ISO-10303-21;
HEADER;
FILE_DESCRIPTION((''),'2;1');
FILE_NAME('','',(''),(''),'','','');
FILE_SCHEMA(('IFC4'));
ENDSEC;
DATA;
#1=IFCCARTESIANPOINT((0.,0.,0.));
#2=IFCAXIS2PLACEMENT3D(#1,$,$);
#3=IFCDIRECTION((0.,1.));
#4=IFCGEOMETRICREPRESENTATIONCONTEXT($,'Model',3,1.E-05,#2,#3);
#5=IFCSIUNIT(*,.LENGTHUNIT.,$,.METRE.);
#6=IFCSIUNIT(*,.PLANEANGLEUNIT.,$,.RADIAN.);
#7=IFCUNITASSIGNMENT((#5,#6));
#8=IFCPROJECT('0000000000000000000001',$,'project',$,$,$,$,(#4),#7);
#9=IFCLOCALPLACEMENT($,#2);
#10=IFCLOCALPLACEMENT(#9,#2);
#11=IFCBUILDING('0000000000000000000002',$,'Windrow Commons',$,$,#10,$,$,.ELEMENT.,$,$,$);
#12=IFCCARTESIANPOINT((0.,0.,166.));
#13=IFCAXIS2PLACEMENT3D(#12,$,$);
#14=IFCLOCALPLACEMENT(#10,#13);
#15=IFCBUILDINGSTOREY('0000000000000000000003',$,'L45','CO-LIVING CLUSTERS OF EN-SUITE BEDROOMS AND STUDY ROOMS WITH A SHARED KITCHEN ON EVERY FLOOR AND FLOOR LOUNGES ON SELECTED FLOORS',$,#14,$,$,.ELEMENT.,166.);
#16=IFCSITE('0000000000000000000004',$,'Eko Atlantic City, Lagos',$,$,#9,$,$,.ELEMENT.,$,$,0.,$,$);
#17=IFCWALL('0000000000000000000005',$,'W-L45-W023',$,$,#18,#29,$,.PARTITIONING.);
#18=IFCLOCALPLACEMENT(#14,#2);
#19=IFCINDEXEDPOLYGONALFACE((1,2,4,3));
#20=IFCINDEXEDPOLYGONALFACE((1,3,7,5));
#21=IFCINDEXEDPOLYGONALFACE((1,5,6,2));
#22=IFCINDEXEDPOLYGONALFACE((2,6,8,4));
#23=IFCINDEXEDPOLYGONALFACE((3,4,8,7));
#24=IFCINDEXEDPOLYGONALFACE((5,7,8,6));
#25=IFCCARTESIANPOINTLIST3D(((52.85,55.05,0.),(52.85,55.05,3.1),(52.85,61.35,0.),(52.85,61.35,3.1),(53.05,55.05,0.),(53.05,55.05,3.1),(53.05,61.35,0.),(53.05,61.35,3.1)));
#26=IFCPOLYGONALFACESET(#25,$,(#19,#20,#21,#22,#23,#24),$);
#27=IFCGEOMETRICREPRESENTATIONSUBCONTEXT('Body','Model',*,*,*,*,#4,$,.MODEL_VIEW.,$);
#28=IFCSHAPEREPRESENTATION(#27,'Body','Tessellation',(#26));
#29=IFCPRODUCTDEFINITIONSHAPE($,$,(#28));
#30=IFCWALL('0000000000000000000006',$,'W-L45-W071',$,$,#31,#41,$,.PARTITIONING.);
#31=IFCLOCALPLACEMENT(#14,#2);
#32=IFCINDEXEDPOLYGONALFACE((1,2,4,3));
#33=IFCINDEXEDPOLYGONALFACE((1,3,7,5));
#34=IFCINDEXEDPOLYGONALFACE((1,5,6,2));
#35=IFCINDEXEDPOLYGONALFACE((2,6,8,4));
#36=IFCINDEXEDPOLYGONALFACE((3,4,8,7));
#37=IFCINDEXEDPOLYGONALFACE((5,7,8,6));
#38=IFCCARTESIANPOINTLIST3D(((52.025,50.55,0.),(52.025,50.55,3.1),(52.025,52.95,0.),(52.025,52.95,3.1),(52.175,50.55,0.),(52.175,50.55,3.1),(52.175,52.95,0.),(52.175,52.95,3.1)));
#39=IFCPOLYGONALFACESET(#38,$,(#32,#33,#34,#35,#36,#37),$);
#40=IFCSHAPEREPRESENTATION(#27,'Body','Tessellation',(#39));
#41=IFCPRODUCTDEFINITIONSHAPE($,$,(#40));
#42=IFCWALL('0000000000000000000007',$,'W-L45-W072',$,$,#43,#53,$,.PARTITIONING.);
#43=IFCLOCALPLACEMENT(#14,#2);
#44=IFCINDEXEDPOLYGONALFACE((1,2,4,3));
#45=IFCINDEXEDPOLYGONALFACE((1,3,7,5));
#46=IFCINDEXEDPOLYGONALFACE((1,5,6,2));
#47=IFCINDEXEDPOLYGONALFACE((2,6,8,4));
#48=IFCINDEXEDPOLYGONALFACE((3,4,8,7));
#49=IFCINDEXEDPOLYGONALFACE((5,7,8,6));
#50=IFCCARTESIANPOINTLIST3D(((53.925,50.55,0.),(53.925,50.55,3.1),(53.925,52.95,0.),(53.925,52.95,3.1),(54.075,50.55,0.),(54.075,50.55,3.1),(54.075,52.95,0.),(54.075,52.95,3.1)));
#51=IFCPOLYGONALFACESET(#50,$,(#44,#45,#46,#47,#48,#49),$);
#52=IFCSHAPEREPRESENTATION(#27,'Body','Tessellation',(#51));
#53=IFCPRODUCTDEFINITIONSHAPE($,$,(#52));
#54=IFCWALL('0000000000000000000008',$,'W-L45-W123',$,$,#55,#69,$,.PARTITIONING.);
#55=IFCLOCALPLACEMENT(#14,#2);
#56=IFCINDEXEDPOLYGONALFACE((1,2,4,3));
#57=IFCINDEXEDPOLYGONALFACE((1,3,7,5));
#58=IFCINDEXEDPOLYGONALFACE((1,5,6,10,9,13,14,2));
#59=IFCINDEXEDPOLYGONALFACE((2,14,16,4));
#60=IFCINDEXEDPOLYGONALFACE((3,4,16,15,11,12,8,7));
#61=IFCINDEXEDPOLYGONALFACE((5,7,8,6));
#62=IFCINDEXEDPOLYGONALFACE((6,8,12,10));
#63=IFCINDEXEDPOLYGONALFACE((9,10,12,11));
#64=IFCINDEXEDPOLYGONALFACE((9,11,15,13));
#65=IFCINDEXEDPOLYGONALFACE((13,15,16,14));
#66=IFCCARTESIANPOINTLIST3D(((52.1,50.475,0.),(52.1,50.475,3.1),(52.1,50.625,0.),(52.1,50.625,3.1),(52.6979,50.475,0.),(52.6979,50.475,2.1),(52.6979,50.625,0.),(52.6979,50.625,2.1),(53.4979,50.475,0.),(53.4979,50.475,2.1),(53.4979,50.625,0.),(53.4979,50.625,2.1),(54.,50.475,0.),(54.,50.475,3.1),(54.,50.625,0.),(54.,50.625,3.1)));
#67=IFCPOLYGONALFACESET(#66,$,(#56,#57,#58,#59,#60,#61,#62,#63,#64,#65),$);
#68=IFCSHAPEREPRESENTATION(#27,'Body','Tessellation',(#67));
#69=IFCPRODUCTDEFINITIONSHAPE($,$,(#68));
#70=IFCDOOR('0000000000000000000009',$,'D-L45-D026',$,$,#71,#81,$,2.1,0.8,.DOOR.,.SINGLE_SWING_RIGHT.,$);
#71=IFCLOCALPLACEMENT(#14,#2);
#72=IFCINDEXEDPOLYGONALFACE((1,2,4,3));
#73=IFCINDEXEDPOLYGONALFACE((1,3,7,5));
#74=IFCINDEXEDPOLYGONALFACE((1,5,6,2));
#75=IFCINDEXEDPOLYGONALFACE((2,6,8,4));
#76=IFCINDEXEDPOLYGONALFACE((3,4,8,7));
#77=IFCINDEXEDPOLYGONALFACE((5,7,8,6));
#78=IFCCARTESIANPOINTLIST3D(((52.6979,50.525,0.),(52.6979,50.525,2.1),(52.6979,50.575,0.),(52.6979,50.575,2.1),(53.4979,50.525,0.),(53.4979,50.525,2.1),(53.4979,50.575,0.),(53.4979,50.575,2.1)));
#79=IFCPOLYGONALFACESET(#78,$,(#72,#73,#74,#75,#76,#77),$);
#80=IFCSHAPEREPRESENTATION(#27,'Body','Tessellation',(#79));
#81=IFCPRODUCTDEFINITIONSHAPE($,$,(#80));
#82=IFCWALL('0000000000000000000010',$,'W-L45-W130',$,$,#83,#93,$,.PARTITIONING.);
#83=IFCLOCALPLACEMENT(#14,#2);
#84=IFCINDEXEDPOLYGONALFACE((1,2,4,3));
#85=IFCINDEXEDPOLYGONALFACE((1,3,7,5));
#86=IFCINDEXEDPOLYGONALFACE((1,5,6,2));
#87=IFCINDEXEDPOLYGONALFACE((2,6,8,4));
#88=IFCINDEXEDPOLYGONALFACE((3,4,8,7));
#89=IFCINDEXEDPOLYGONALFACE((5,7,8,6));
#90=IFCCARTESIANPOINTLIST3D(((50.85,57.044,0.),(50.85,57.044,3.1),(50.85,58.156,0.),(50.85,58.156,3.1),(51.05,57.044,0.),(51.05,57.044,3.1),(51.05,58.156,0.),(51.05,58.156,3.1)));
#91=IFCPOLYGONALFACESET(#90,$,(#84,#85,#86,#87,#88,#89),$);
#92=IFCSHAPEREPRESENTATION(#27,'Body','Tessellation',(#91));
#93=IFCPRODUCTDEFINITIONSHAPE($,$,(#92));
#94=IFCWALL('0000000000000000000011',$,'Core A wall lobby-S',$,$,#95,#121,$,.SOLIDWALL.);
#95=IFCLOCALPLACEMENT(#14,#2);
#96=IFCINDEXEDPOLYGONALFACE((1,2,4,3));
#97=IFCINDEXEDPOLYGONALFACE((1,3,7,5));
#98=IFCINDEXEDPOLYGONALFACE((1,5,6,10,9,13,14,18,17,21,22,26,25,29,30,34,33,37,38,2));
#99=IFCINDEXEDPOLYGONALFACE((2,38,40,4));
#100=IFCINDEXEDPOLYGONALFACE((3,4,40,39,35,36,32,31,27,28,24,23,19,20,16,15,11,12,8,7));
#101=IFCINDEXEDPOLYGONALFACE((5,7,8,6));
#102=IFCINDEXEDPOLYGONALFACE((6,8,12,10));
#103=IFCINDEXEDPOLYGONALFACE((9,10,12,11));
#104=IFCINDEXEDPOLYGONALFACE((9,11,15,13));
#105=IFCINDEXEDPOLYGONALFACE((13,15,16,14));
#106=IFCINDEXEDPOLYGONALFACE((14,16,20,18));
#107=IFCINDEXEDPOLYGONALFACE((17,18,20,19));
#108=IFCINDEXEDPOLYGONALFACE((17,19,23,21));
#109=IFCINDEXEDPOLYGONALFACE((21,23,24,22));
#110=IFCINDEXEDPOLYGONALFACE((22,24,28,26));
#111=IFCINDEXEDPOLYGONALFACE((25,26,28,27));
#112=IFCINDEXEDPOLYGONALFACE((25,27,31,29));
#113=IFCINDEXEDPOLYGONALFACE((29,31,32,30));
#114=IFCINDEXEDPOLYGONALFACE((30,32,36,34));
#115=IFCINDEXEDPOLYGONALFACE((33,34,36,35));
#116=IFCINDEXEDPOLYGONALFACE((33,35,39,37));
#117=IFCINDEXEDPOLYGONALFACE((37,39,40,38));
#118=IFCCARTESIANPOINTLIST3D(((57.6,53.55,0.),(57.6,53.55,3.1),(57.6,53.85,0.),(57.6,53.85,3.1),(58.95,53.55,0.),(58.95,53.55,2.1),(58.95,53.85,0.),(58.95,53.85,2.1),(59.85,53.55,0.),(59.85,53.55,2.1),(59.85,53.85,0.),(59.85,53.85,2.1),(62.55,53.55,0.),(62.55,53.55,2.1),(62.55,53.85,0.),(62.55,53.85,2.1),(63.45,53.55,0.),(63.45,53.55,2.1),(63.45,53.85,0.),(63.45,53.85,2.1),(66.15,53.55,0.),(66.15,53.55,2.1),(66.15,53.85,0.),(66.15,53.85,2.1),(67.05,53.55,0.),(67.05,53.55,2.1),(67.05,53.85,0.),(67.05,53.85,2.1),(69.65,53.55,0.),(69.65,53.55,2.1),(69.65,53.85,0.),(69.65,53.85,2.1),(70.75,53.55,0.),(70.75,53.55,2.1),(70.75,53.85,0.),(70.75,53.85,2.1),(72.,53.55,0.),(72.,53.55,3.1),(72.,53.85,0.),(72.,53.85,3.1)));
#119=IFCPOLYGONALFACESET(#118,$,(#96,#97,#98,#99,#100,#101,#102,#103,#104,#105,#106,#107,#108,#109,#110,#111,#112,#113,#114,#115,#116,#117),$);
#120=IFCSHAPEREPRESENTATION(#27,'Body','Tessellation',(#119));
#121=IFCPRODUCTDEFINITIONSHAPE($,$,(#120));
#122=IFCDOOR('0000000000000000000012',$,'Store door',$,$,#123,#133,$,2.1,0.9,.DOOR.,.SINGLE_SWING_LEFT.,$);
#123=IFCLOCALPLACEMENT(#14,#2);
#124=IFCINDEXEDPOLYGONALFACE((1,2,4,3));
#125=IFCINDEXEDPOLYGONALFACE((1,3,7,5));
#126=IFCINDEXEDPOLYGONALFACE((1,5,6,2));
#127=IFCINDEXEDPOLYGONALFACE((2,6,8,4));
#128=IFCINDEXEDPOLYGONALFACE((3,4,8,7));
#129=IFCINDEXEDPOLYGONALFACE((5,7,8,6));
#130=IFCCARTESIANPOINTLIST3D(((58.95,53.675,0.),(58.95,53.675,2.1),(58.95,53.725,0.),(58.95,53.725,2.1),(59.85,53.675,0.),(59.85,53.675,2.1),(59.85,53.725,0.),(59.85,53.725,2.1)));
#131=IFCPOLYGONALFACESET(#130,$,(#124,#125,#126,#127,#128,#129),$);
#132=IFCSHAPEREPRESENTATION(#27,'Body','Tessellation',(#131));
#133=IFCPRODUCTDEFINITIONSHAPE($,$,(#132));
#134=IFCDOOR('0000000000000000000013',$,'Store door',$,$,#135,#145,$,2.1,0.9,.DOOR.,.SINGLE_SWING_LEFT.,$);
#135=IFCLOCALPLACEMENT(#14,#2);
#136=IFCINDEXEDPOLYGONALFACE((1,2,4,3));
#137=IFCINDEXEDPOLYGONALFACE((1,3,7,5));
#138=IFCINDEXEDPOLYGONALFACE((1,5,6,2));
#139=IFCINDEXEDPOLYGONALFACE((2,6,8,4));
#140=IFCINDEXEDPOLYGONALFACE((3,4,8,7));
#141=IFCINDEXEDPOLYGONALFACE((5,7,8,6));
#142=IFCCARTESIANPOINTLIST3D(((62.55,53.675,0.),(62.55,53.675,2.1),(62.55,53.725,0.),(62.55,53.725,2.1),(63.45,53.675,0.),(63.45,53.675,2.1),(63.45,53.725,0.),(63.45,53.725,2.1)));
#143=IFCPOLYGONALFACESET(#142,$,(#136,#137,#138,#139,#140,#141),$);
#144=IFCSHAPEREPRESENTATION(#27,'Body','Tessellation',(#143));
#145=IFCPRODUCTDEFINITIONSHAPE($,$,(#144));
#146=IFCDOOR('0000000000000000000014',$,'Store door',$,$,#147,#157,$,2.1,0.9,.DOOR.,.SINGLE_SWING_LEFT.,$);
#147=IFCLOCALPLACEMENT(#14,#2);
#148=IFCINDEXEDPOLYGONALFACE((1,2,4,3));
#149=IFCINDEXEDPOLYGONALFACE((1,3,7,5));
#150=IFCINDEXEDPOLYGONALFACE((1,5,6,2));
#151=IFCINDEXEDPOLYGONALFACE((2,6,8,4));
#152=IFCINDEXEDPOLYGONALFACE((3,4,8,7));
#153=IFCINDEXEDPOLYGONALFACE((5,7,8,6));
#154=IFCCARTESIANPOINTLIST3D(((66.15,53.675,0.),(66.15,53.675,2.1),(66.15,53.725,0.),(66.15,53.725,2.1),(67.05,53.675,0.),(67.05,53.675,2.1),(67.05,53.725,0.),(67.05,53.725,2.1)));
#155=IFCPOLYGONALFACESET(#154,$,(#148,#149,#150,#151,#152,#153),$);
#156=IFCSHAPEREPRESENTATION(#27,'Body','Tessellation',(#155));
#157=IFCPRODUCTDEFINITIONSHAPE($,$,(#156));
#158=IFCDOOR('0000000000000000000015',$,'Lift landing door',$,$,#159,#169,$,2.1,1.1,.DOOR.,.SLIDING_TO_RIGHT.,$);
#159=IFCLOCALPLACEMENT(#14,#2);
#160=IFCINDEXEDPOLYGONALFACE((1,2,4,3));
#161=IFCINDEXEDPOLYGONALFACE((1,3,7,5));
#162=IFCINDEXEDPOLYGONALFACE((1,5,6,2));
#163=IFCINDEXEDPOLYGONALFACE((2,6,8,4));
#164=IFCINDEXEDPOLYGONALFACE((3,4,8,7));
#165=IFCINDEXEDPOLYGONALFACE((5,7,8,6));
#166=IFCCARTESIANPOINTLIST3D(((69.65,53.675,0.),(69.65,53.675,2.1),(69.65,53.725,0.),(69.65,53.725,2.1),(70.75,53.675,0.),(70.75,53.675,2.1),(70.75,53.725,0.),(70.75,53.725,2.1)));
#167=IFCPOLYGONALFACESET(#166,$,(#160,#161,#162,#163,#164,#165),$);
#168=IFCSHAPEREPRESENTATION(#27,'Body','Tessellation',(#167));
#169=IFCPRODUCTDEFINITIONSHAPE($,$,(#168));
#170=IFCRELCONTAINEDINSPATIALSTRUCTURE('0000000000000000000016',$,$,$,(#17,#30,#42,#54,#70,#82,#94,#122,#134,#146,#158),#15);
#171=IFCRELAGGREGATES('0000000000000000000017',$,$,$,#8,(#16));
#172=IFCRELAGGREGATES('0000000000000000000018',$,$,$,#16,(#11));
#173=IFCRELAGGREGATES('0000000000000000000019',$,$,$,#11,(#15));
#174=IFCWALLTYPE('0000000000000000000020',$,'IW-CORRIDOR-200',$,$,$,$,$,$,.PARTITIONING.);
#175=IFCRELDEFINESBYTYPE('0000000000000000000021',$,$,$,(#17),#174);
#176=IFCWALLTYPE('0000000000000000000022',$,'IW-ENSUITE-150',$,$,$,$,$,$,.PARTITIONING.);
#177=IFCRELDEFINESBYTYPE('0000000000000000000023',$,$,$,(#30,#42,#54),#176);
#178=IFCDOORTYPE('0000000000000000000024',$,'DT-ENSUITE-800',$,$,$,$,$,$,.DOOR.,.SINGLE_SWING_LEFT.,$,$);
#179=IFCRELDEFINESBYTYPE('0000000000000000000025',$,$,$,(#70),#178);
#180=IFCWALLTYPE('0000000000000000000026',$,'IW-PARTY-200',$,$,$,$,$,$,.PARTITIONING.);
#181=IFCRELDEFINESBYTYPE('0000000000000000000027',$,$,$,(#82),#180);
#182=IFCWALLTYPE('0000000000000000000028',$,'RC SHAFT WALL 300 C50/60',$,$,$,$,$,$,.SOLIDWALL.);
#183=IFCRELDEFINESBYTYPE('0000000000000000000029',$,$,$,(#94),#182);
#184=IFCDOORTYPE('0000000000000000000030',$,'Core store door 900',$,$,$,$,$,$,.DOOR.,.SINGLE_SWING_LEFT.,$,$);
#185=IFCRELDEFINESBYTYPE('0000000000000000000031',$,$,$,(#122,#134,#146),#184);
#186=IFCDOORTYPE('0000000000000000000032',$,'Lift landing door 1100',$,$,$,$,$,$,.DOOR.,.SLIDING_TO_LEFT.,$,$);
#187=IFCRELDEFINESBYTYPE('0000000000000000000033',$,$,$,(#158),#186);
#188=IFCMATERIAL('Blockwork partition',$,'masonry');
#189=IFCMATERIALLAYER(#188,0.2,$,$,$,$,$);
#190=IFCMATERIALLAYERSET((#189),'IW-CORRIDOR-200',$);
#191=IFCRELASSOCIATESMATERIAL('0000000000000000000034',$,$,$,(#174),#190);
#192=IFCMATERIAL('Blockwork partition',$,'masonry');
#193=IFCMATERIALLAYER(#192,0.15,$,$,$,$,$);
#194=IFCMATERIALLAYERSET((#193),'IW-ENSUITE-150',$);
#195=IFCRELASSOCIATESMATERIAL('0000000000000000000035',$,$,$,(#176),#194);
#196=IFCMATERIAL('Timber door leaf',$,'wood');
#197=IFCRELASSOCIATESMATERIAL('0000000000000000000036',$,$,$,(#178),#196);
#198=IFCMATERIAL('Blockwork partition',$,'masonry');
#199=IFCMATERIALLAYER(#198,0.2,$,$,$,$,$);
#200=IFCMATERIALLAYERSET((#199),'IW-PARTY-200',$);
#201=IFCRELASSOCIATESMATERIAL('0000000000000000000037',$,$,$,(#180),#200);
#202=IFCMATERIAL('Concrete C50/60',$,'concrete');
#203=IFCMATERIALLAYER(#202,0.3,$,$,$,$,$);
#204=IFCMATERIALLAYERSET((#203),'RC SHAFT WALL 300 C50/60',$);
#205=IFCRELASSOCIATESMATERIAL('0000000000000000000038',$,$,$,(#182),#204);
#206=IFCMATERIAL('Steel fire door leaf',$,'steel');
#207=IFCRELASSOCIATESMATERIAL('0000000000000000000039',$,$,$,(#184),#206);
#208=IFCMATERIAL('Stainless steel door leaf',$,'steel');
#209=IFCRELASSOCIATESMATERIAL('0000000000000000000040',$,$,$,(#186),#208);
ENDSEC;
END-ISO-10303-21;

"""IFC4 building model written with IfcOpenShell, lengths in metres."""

from ifc_helpers import new_model, si_unit, direction, frame, frame_2d, origin, place, context, subcontext, project, spatial, rectangle, extrude, material, layer, layer_set, type_object, element, fill, save


model = new_model("IFC4")

# Units and contexts
model_context = context("Model", 3, precision=1e-05, world=origin(), true_north=direction((0.0, 1.0)))
body_context = subcontext(model_context, "Body", "Model", "MODEL_VIEW")
ifc_project = project(units=[si_unit("LENGTHUNIT", "METRE"), si_unit("PLANEANGLEUNIT", "RADIAN")], contexts=[model_context])

# Site, building, storey
site_placement = place(None, origin())
site = spatial("IfcSite", under=ifc_project, at=site_placement, Name="Eko Atlantic City, Lagos", CompositionType="ELEMENT", RefElevation=0.0)
building_placement = place(site_placement, origin())
building = spatial("IfcBuilding", under=site, at=building_placement, Name="Windrow Commons", CompositionType="ELEMENT")
storey_placement = place(building_placement, frame((0.0, 0.0, 166.0)))
storey = spatial("IfcBuildingStorey", under=building, at=storey_placement, Name="L45", Description="CO-LIVING CLUSTERS OF EN-SUITE BEDROOMS AND STUDY ROOMS WITH A SHARED KITCHEN ON EVERY FLOOR AND FLOOR LOUNGES ON SELECTED FLOORS", CompositionType="ELEMENT", Elevation=166.0)

# Walls
ifc_material_1 = material(Name="Blockwork partition", Category="masonry")
ifc_layer_1 = layer(ifc_material_1, 0.2)
ifc_layer_set_1 = layer_set([ifc_layer_1], Name="IW-CORRIDOR-200")
wall_type_1 = type_object("IfcWallType", Name="IW-CORRIDOR-200", PredefinedType="PARTITIONING", material=ifc_layer_set_1)
wall_1_placement = place(storey_placement, frame((52.95, 55.05, 0.0), z_axis=(0.0, 0.0, 1.0), x_axis=(0.0, 1.0, 0.0)))
element("IfcWall", 1, at=wall_1_placement, inside=storey, type_object=wall_type_1, Name="W-L45-W023", PredefinedType="PARTITIONING", context=body_context, shape_type="SweptSolid", body=[
    extrude(rectangle(XDim=6.3, YDim=0.2, at=frame_2d((3.15, 0.0))), origin(), (0.0, 0.0, 1.0), 3.1),
])
ifc_material_2 = material(Name="Blockwork partition", Category="masonry")
ifc_layer_2 = layer(ifc_material_2, 0.15)
ifc_layer_set_2 = layer_set([ifc_layer_2], Name="IW-ENSUITE-150")
wall_type_2 = type_object("IfcWallType", Name="IW-ENSUITE-150", PredefinedType="PARTITIONING", material=ifc_layer_set_2)
for number, where, z_axis, x_axis, name in (
    (2, (52.1, 50.55, 0.0), (0.0, 0.0, 1.0), (0.0, 1.0, 0.0), "W-L45-W071"),
    (3, (54.0, 50.55, 0.0), (0.0, 0.0, 1.0), (0.0, 1.0, 0.0), "W-L45-W072"),
):
    element("IfcWall", number, at=place(storey_placement, frame(where, z_axis=z_axis, x_axis=x_axis)), inside=storey, type_object=wall_type_2, Name=name, PredefinedType="PARTITIONING", context=body_context, shape_type="SweptSolid", body=[
        extrude(rectangle(XDim=2.4, YDim=0.15, at=frame_2d((1.2, 0.0))), origin(), (0.0, 0.0, 1.0), 3.1),
    ])

# Wall, opening, door
wall_2_placement = place(storey_placement, frame((52.1, 50.55, 0.0), z_axis=(0.0, 0.0, 1.0), x_axis=(1.0, 0.0, 0.0)))
wall_2 = element("IfcWall", 4, at=wall_2_placement, inside=storey, type_object=wall_type_2, Name="W-L45-W123", PredefinedType="PARTITIONING", context=body_context, shape_type="SweptSolid", body=[
    extrude(rectangle(XDim=1.9, YDim=0.15, at=frame_2d((0.95, 0.0))), origin(), (0.0, 0.0, 1.0), 3.1),
])
opening_1_placement = place(wall_2_placement, frame((0.5979, 0.0, 0.0)))
opening_1 = element("IfcOpeningElement", 5, at=opening_1_placement, cuts=wall_2, PredefinedType="OPENING", context=body_context, shape_type="SweptSolid", body=[
    extrude(rectangle(XDim=0.8, YDim=2.1, at=frame_2d((0.4, 1.05))), frame((0.0, 0.085, 0.0), z_axis=(0.0, -1.0, 0.0), x_axis=(1.0, 0.0, 0.0)), (0.0, 0.0, 1.0), 0.17),
])
ifc_material_3 = material(Name="Timber door leaf", Category="wood")
door_type_1 = type_object("IfcDoorType", Name="DT-ENSUITE-800", OperationType="SINGLE_SWING_LEFT", PredefinedType="DOOR", material=ifc_material_3)
door_1_placement = place(opening_1_placement, origin())
door_1 = element("IfcDoor", 6, at=door_1_placement, inside=storey, type_object=door_type_1, Name="D-L45-D026", OperationType="SINGLE_SWING_RIGHT", OverallHeight=2.1, OverallWidth=0.8, PredefinedType="DOOR", context=body_context, shape_type="SweptSolid", body=[
    extrude(rectangle(XDim=0.8, YDim=2.1, at=frame_2d((0.4, 1.05))), frame((0.0, 0.025, 0.0), z_axis=(0.0, -1.0, 0.0), x_axis=(1.0, 0.0, 0.0)), (0.0, 0.0, 1.0), 0.05),
])
fill(opening_1, door_1)

# Wall
ifc_material_4 = material(Name="Blockwork partition", Category="masonry")
ifc_layer_3 = layer(ifc_material_4, 0.2)
ifc_layer_set_3 = layer_set([ifc_layer_3], Name="IW-PARTY-200")
wall_type_3 = type_object("IfcWallType", Name="IW-PARTY-200", PredefinedType="PARTITIONING", material=ifc_layer_set_3)
wall_3_placement = place(storey_placement, frame((50.95, 57.044, 0.0), z_axis=(0.0, 0.0, 1.0), x_axis=(0.0, 1.0, 0.0)))
element("IfcWall", 7, at=wall_3_placement, inside=storey, type_object=wall_type_3, Name="W-L45-W130", PredefinedType="PARTITIONING", context=body_context, shape_type="SweptSolid", body=[
    extrude(rectangle(XDim=1.112, YDim=0.2, at=frame_2d((0.556, 0.0))), origin(), (0.0, 0.0, 1.0), 3.1),
])

# Wall, openings, doors
ifc_material_5 = material(Name="Concrete C50/60", Category="concrete")
ifc_layer_4 = layer(ifc_material_5, 0.3)
ifc_layer_set_4 = layer_set([ifc_layer_4], Name="RC SHAFT WALL 300 C50/60")
wall_type_4 = type_object("IfcWallType", Name="RC SHAFT WALL 300 C50/60", PredefinedType="SOLIDWALL", material=ifc_layer_set_4)
wall_4_placement = place(storey_placement, frame((57.6, 53.7, 0.0), z_axis=(0.0, 0.0, 1.0), x_axis=(1.0, 0.0, 0.0)))
wall_4 = element("IfcWall", 8, at=wall_4_placement, inside=storey, type_object=wall_type_4, Name="Core A wall lobby-S", PredefinedType="SOLIDWALL", context=body_context, shape_type="SweptSolid", body=[
    extrude(rectangle(XDim=14.4, YDim=0.3, at=frame_2d((7.2, 0.0))), origin(), (0.0, 0.0, 1.0), 3.1),
])
opening_2_placement = place(wall_4_placement, frame((1.35, 0.0, 0.0)))
opening_2 = element("IfcOpeningElement", 9, at=opening_2_placement, cuts=wall_4, PredefinedType="OPENING", context=body_context, shape_type="SweptSolid", body=[
    extrude(rectangle(XDim=0.9, YDim=2.1, at=frame_2d((0.45, 1.05))), frame((0.0, 0.16, 0.0), z_axis=(0.0, -1.0, 0.0), x_axis=(1.0, 0.0, 0.0)), (0.0, 0.0, 1.0), 0.32),
])
opening_3_placement = place(wall_4_placement, frame((4.95, 0.0, 0.0)))
opening_3 = element("IfcOpeningElement", 10, at=opening_3_placement, cuts=wall_4, PredefinedType="OPENING", context=body_context, shape_type="SweptSolid", body=[
    extrude(rectangle(XDim=0.9, YDim=2.1, at=frame_2d((0.45, 1.05))), frame((0.0, 0.16, 0.0), z_axis=(0.0, -1.0, 0.0), x_axis=(1.0, 0.0, 0.0)), (0.0, 0.0, 1.0), 0.32),
])
opening_4_placement = place(wall_4_placement, frame((8.55, 0.0, 0.0)))
opening_4 = element("IfcOpeningElement", 11, at=opening_4_placement, cuts=wall_4, PredefinedType="OPENING", context=body_context, shape_type="SweptSolid", body=[
    extrude(rectangle(XDim=0.9, YDim=2.1, at=frame_2d((0.45, 1.05))), frame((0.0, 0.16, 0.0), z_axis=(0.0, -1.0, 0.0), x_axis=(1.0, 0.0, 0.0)), (0.0, 0.0, 1.0), 0.32),
])
opening_5_placement = place(wall_4_placement, frame((12.05, 0.0, 0.0)))
opening_5 = element("IfcOpeningElement", 12, at=opening_5_placement, cuts=wall_4, PredefinedType="OPENING", context=body_context, shape_type="SweptSolid", body=[
    extrude(rectangle(XDim=1.1, YDim=2.1, at=frame_2d((0.55, 1.05))), frame((0.0, 0.16, 0.0), z_axis=(0.0, -1.0, 0.0), x_axis=(1.0, 0.0, 0.0)), (0.0, 0.0, 1.0), 0.32),
])
ifc_material_6 = material(Name="Steel fire door leaf", Category="steel")
door_type_2 = type_object("IfcDoorType", Name="Core store door 900", OperationType="SINGLE_SWING_LEFT", PredefinedType="DOOR", material=ifc_material_6)
door_2_placement = place(opening_2_placement, origin())
door_2 = element("IfcDoor", 13, at=door_2_placement, inside=storey, type_object=door_type_2, Name="Store door", OperationType="SINGLE_SWING_LEFT", OverallHeight=2.1, OverallWidth=0.9, PredefinedType="DOOR", context=body_context, shape_type="SweptSolid", body=[
    extrude(rectangle(XDim=0.9, YDim=2.1, at=frame_2d((0.45, 1.05))), frame((0.0, 0.025, 0.0), z_axis=(0.0, -1.0, 0.0), x_axis=(1.0, 0.0, 0.0)), (0.0, 0.0, 1.0), 0.05),
])
fill(opening_2, door_2)
door_3_placement = place(opening_3_placement, origin())
door_3 = element("IfcDoor", 14, at=door_3_placement, inside=storey, type_object=door_type_2, Name="Store door", OperationType="SINGLE_SWING_LEFT", OverallHeight=2.1, OverallWidth=0.9, PredefinedType="DOOR", context=body_context, shape_type="SweptSolid", body=[
    extrude(rectangle(XDim=0.9, YDim=2.1, at=frame_2d((0.45, 1.05))), frame((0.0, 0.025, 0.0), z_axis=(0.0, -1.0, 0.0), x_axis=(1.0, 0.0, 0.0)), (0.0, 0.0, 1.0), 0.05),
])
fill(opening_3, door_3)
door_4_placement = place(opening_4_placement, origin())
door_4 = element("IfcDoor", 15, at=door_4_placement, inside=storey, type_object=door_type_2, Name="Store door", OperationType="SINGLE_SWING_LEFT", OverallHeight=2.1, OverallWidth=0.9, PredefinedType="DOOR", context=body_context, shape_type="SweptSolid", body=[
    extrude(rectangle(XDim=0.9, YDim=2.1, at=frame_2d((0.45, 1.05))), frame((0.0, 0.025, 0.0), z_axis=(0.0, -1.0, 0.0), x_axis=(1.0, 0.0, 0.0)), (0.0, 0.0, 1.0), 0.05),
])
fill(opening_4, door_4)
ifc_material_7 = material(Name="Stainless steel door leaf", Category="steel")
door_type_3 = type_object("IfcDoorType", Name="Lift landing door 1100", OperationType="SLIDING_TO_LEFT", PredefinedType="DOOR", material=ifc_material_7)
door_5_placement = place(opening_5_placement, origin())
door_5 = element("IfcDoor", 16, at=door_5_placement, inside=storey, type_object=door_type_3, Name="Lift landing door", OperationType="SLIDING_TO_RIGHT", OverallHeight=2.1, OverallWidth=1.1, PredefinedType="DOOR", context=body_context, shape_type="SweptSolid", body=[
    extrude(rectangle(XDim=1.1, YDim=2.1, at=frame_2d((0.55, 1.05))), frame((0.0, 0.025, 0.0), z_axis=(0.0, -1.0, 0.0), x_axis=(1.0, 0.0, 0.0)), (0.0, 0.0, 1.0), 0.05),
])
fill(opening_5, door_5)

save(model, "model.ifc")
